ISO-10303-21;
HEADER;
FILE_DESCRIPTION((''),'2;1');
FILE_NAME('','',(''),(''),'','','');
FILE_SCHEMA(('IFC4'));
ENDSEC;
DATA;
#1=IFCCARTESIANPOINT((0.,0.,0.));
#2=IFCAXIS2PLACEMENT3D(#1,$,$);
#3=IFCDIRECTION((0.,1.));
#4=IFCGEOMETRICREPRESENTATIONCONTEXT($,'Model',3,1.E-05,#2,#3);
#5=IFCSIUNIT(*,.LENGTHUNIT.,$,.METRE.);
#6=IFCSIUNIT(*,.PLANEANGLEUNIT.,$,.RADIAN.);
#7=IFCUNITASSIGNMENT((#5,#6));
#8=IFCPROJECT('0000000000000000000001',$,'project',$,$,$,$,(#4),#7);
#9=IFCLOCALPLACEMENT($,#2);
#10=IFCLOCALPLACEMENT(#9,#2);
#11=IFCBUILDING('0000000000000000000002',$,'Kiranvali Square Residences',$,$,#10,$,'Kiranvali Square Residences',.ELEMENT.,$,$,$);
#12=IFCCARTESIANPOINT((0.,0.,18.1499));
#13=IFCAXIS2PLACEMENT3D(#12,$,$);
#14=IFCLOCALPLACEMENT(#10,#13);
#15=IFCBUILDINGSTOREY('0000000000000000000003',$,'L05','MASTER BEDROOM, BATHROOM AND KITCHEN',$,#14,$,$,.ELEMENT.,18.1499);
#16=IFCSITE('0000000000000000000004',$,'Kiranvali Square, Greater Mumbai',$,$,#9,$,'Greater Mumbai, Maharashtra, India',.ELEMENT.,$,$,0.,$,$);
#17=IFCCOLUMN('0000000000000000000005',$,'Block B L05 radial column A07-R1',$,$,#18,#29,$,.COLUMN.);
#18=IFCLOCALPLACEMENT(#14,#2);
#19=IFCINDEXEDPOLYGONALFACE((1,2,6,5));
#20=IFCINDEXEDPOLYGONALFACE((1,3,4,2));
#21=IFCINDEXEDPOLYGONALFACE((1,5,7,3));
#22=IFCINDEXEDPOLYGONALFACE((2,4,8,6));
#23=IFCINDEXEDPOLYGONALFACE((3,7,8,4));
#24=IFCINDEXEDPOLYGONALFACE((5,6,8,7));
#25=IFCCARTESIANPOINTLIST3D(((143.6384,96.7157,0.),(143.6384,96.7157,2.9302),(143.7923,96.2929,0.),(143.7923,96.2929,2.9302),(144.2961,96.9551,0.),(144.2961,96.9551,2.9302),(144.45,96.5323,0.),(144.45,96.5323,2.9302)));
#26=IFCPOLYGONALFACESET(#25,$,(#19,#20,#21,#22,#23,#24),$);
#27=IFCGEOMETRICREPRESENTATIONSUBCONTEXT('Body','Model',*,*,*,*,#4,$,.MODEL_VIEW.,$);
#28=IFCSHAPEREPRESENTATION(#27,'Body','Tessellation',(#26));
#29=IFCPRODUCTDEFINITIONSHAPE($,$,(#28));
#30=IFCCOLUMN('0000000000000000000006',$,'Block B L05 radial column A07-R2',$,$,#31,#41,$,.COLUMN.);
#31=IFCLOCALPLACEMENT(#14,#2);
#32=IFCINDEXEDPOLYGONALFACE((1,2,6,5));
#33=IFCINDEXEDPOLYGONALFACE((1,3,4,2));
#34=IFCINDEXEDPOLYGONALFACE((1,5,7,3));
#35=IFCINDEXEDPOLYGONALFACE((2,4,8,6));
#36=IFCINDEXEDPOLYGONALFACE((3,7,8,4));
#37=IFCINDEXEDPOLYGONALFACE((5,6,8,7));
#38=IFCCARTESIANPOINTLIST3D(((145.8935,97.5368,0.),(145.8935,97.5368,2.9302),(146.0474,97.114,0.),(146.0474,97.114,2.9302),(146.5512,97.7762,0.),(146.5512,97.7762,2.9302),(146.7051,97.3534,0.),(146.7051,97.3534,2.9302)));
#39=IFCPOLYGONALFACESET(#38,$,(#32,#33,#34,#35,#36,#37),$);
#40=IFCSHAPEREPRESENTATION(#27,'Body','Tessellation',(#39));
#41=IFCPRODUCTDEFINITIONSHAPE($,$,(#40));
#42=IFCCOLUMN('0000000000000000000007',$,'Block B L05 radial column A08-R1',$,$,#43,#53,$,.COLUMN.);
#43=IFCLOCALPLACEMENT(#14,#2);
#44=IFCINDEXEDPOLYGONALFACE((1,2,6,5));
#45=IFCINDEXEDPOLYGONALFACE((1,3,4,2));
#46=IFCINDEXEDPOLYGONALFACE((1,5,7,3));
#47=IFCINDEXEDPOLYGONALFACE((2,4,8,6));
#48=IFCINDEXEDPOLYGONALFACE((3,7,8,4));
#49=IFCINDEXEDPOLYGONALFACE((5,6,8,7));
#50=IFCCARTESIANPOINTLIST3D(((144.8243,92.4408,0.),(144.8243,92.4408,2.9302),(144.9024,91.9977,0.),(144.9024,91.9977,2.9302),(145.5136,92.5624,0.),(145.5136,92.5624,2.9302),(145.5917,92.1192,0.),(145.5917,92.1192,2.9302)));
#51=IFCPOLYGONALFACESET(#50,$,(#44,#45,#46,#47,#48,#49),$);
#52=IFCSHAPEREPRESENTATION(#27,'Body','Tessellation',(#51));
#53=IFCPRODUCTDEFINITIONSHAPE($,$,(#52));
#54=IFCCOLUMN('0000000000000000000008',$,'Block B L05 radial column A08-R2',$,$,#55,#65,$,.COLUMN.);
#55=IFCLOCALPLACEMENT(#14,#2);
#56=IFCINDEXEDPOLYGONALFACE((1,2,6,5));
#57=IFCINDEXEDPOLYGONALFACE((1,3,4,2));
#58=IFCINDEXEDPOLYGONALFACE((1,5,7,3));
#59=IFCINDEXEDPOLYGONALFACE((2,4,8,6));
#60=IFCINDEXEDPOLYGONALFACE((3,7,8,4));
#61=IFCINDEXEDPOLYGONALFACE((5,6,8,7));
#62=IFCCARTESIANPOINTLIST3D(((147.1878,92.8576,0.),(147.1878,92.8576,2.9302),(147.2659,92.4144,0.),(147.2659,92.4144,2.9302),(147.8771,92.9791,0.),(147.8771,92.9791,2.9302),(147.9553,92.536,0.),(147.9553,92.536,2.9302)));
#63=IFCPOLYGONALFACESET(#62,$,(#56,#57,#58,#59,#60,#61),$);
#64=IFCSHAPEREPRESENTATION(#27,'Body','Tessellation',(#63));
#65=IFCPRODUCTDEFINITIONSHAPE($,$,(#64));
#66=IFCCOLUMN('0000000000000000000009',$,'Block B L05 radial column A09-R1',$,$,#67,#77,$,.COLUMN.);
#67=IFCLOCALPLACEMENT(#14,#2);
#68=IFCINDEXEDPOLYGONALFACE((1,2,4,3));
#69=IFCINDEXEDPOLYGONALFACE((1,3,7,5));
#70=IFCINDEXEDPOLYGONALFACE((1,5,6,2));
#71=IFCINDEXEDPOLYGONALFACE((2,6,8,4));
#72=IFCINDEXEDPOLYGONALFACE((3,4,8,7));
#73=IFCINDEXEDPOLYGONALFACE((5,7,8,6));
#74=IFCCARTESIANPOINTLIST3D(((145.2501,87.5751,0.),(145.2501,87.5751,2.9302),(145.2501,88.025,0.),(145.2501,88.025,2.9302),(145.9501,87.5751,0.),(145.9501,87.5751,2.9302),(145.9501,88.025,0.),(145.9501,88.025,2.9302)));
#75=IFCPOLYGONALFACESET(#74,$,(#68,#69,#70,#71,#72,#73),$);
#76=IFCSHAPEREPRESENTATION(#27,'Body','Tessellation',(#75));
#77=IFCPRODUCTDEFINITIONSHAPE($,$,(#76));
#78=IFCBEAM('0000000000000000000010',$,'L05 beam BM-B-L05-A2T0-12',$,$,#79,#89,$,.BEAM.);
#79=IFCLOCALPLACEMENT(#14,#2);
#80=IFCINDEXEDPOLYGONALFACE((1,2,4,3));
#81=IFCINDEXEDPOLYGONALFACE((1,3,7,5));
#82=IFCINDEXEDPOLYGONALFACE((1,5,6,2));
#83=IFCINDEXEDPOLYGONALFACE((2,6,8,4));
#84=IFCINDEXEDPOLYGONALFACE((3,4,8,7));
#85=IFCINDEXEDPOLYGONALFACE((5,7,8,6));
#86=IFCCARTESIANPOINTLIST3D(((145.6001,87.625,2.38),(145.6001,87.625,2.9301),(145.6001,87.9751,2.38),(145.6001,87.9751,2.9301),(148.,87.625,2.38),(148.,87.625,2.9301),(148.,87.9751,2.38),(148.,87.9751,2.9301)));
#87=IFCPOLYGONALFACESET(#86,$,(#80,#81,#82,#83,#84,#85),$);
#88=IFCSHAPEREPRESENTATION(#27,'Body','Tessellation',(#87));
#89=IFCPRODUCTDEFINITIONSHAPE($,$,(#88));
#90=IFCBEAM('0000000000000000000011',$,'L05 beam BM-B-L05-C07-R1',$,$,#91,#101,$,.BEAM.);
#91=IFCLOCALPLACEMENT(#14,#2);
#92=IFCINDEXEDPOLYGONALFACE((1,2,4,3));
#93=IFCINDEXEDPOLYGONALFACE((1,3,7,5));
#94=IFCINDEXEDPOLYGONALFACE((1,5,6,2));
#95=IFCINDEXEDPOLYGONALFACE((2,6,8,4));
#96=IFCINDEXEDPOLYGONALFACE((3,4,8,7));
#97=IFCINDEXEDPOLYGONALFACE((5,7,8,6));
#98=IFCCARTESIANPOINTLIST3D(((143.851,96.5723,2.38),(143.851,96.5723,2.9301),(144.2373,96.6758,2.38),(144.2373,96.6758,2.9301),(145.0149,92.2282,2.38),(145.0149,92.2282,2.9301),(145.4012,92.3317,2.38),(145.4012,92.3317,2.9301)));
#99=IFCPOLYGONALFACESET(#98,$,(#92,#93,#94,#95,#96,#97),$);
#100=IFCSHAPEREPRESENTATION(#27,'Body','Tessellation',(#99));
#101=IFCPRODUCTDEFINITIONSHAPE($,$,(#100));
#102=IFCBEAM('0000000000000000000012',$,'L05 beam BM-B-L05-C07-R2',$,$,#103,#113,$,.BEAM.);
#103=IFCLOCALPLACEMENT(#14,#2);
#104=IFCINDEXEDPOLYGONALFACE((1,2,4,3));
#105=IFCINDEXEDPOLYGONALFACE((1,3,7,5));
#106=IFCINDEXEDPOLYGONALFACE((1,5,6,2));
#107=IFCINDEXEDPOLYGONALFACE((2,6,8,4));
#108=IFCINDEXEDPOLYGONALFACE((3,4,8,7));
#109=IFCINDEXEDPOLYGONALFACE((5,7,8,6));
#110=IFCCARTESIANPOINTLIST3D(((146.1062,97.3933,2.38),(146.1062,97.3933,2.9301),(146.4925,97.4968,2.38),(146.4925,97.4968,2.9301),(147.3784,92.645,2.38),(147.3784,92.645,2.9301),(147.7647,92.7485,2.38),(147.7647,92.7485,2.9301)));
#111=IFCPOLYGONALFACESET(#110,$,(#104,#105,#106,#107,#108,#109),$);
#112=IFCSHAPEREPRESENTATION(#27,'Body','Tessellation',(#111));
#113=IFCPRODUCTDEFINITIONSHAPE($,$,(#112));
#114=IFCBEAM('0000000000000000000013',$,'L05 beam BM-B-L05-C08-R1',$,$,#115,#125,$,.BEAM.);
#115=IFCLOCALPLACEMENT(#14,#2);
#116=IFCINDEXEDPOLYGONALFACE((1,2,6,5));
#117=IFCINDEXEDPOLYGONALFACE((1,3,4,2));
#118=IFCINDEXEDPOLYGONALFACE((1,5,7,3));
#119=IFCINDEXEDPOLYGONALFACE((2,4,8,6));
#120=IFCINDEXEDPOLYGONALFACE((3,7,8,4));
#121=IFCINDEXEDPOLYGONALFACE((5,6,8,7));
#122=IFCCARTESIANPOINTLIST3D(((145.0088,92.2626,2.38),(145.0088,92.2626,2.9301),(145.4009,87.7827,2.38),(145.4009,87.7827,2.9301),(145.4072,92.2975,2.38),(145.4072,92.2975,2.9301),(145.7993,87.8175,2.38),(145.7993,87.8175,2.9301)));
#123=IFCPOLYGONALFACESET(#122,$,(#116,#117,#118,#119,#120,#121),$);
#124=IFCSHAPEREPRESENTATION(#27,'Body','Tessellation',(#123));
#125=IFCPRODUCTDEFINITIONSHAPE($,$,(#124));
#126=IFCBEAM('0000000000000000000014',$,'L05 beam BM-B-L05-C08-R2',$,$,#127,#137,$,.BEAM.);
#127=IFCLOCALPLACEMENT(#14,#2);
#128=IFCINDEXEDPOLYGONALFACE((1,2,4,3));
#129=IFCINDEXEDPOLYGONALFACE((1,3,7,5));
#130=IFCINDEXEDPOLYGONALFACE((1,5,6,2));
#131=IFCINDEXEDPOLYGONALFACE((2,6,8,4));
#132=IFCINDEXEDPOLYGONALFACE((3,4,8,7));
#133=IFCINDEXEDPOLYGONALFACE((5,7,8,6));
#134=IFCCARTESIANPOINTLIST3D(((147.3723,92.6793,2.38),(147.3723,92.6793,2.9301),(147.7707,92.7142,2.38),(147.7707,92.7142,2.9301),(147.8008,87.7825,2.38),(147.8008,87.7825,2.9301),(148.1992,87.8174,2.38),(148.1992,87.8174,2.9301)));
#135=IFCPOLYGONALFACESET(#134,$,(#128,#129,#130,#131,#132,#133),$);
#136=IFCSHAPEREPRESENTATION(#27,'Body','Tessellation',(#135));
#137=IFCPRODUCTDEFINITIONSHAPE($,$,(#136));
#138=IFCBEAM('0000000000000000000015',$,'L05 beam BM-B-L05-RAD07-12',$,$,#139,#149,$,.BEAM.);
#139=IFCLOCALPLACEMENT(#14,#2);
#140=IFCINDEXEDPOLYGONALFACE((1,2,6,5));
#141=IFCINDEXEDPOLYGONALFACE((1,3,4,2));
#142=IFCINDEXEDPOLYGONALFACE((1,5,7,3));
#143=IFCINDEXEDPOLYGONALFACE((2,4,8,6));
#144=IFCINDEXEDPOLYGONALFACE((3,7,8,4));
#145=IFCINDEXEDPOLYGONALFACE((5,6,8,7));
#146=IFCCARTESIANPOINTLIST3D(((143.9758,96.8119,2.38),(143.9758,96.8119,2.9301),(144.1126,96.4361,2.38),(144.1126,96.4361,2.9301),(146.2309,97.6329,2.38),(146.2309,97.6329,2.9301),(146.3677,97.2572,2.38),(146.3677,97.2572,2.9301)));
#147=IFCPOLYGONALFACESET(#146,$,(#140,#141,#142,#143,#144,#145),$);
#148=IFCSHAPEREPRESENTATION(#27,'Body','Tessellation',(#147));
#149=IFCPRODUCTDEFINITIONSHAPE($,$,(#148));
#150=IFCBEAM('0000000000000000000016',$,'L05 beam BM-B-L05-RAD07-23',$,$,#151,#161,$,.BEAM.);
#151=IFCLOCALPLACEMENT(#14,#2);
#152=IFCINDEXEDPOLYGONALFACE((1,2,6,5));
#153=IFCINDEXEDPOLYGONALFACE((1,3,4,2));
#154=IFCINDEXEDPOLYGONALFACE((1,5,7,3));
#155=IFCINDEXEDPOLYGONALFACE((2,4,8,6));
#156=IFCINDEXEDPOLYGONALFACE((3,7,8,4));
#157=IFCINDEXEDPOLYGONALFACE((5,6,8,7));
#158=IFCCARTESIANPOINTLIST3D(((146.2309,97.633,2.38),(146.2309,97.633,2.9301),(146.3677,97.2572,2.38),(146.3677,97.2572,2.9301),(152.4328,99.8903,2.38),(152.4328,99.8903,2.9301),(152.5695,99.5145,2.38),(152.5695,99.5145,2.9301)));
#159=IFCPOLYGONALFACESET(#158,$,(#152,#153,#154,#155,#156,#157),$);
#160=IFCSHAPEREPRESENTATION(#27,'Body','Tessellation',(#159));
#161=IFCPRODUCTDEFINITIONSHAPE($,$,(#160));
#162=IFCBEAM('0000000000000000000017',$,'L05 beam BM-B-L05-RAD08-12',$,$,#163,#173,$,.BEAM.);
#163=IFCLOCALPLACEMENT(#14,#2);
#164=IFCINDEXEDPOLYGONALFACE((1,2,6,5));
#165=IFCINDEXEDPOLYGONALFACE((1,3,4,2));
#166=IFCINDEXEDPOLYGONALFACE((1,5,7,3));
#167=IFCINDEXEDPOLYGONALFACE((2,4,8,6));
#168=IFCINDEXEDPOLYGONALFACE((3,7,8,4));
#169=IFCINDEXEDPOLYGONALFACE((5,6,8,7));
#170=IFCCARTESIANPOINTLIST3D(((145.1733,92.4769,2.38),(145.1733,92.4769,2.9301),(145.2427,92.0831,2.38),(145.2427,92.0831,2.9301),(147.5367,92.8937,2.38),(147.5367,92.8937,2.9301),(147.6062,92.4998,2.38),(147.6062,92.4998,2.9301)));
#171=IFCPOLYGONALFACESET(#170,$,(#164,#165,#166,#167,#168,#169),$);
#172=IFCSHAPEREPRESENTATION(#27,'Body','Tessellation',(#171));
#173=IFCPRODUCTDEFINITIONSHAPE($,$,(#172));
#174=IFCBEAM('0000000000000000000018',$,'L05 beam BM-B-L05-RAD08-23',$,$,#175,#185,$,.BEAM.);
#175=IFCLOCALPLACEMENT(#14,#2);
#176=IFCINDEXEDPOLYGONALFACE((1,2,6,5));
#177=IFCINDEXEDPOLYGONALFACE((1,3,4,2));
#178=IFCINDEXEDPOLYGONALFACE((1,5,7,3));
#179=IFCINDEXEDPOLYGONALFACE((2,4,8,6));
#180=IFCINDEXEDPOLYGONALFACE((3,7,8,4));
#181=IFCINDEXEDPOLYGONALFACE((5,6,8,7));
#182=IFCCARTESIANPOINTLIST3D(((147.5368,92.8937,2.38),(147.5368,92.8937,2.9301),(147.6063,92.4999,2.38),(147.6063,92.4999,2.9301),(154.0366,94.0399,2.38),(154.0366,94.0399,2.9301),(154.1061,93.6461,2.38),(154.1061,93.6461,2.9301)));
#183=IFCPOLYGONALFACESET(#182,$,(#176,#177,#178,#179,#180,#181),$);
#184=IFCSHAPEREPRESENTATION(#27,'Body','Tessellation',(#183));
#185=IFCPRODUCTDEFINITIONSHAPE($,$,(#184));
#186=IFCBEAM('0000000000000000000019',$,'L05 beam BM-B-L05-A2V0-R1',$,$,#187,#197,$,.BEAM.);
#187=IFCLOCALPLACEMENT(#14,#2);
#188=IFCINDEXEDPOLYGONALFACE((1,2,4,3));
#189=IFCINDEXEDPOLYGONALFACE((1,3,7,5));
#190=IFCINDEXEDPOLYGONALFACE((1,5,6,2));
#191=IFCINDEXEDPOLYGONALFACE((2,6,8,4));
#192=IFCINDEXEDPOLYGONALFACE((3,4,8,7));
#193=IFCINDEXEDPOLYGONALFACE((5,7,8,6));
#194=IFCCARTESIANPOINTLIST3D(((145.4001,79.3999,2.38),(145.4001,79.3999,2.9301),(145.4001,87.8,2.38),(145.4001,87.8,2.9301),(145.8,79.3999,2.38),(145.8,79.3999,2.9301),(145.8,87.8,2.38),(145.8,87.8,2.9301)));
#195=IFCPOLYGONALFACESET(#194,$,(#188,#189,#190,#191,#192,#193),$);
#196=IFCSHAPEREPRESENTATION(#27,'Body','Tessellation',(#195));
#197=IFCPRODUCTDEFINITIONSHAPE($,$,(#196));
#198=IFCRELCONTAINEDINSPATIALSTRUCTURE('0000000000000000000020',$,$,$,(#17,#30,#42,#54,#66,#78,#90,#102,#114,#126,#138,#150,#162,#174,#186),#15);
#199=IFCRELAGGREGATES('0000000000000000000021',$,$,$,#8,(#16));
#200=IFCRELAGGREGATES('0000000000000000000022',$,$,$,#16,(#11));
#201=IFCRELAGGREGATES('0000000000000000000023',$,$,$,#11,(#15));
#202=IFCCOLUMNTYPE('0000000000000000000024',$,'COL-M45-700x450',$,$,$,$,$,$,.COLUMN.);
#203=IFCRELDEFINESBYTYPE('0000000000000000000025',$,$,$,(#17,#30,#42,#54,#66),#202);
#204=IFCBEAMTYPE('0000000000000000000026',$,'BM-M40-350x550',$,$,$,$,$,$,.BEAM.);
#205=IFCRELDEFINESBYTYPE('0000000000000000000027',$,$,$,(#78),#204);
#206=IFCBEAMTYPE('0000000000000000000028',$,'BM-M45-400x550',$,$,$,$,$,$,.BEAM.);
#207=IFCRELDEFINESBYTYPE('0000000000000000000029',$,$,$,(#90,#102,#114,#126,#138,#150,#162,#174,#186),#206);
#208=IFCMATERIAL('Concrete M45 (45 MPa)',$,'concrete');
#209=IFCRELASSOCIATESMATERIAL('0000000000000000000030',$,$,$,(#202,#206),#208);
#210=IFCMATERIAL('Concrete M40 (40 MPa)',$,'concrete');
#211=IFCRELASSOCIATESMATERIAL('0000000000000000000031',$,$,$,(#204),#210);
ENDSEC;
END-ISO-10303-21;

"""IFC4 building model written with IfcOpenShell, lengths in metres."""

from ifc_helpers import new_model, si_unit, direction, frame, origin, origin_2d, place, context, subcontext, project, spatial, rectangle, extrude, material, material_profile, profile_set, type_object, element, save


model = new_model("IFC4")

# Units and contexts
model_context = context("Model", 3, precision=1e-05, world=origin(), true_north=direction((0.0, 1.0)))
body_context = subcontext(model_context, "Body", "Model", "MODEL_VIEW")
ifc_project = project(units=[si_unit("LENGTHUNIT", "METRE"), si_unit("PLANEANGLEUNIT", "RADIAN")], contexts=[model_context])

# Site, building, storey
site_placement = place(None, origin())
site = spatial("IfcSite", under=ifc_project, at=site_placement, Name="Kiranvali Square, Greater Mumbai", LongName="Greater Mumbai, Maharashtra, India", CompositionType="ELEMENT", RefElevation=0.0)
building_placement = place(site_placement, origin())
building = spatial("IfcBuilding", under=site, at=building_placement, Name="Kiranvali Square Residences", LongName="Kiranvali Square Residences", CompositionType="ELEMENT")
storey_placement = place(building_placement, frame((0.0, 0.0, 18.1499)))
storey = spatial("IfcBuildingStorey", under=building, at=storey_placement, Name="L05", Description="MASTER BEDROOM, BATHROOM AND KITCHEN", CompositionType="ELEMENT", Elevation=18.1499)

# Columns
ifc_material_1 = material(Name="Concrete M45 (45 MPa)", Category="concrete")
ifc_material_profile_1 = material_profile(ifc_material_1, rectangle(XDim=0.45, YDim=0.7, at=origin_2d()), Name="RC 700x450")
ifc_profile_set_1 = profile_set([ifc_material_profile_1], Name="Concrete M45 (45 MPa)")
column_type = type_object("IfcColumnType", Name="COL-M45-700x450", PredefinedType="COLUMN", material=ifc_profile_set_1)
for number, where, z_axis, x_axis, name in (
    (1, (144.0442, 96.624, 0.0), (0.0, 0.0, 1.0), (-0.34202, 0.939693, 0.0), "Block B L05 radial column A07-R1"),
    (2, (146.2993, 97.4451, 0.0), (0.0, 0.0, 1.0), (-0.34202, 0.939693, 0.0), "Block B L05 radial column A07-R2"),
    (3, (145.208, 92.28, 0.0), (0.0, 0.0, 1.0), (-0.173648, 0.984808, 0.0), "Block B L05 radial column A08-R1"),
    (4, (147.5715, 92.6968, 0.0), (0.0, 0.0, 1.0), (-0.173648, 0.984808, 0.0), "Block B L05 radial column A08-R2"),
    (5, (145.6001, 87.8, 0.0), (0.0, 0.0, 1.0), (0.0, 1.0, 0.0), "Block B L05 radial column A09-R1"),
):
    element("IfcColumn", number, at=place(storey_placement, frame(where, z_axis=z_axis, x_axis=x_axis)), inside=storey, type_object=column_type, Name=name, PredefinedType="COLUMN", context=body_context, shape_type="SweptSolid", body=[
        extrude(rectangle(XDim=0.45, YDim=0.7, at=origin_2d()), origin(), (0.0, 0.0, 1.0), 2.9302),
    ])

# Beams
ifc_material_2 = material(Name="Concrete M40 (40 MPa)", Category="concrete")
ifc_material_profile_2 = material_profile(ifc_material_2, rectangle(XDim=0.3501, YDim=0.55, at=origin_2d()), Name="RC 350x550")
ifc_profile_set_2 = profile_set([ifc_material_profile_2], Name="Concrete M40 (40 MPa)")
beam_type_1 = type_object("IfcBeamType", Name="BM-M40-350x550", PredefinedType="BEAM", material=ifc_profile_set_2)
beam_1_placement = place(storey_placement, frame((145.6001, 87.8, 2.655), z_axis=(1.0, 0.0, 0.0), x_axis=(0.0, 1.0, 0.0)))
element("IfcBeam", 6, at=beam_1_placement, inside=storey, type_object=beam_type_1, Name="L05 beam BM-B-L05-A2T0-12", PredefinedType="BEAM", context=body_context, shape_type="SweptSolid", body=[
    extrude(rectangle(XDim=0.3501, YDim=0.55, at=origin_2d()), origin(), (0.0, 0.0, 1.0), 2.3999),
])
ifc_material_profile_3 = material_profile(ifc_material_1, rectangle(XDim=0.3999, YDim=0.55, at=origin_2d()), Name="RC 400x550")
ifc_profile_set_3 = profile_set([ifc_material_profile_3], Name="Concrete M45 (45 MPa)")
beam_type_2 = type_object("IfcBeamType", Name="BM-M45-400x550", PredefinedType="BEAM", material=ifc_profile_set_3)
beam_2_placement = place(storey_placement, frame((144.0442, 96.624, 2.655), z_axis=(0.258788, -0.965934, 0.0), x_axis=(0.965934, 0.258788, 0.0)))
element("IfcBeam", 7, at=beam_2_placement, inside=storey, type_object=beam_type_2, Name="L05 beam BM-B-L05-C07-R1", PredefinedType="BEAM", context=body_context, shape_type="SweptSolid", body=[
    extrude(rectangle(XDim=0.3999, YDim=0.55, at=origin_2d()), origin(), (0.0, 0.0, 1.0), 4.4973),
])
beam_3_placement = place(storey_placement, frame((146.2993, 97.4451, 2.655), z_axis=(0.258803, -0.96593, 0.0), x_axis=(0.96593, 0.258803, 0.0)))
element("IfcBeam", 8, at=beam_3_placement, inside=storey, type_object=beam_type_2, Name="L05 beam BM-B-L05-C07-R2", PredefinedType="BEAM", context=body_context, shape_type="SweptSolid", body=[
    extrude(rectangle(XDim=0.3999, YDim=0.55, at=origin_2d()), origin(), (0.0, 0.0, 1.0), 4.9158),
])
beam_4_placement = place(storey_placement, frame((145.208, 92.28, 2.655), z_axis=(0.087187, -0.996192, 0.0), x_axis=(0.996192, 0.087187, 0.0)))
element("IfcBeam", 9, at=beam_4_placement, inside=storey, type_object=beam_type_2, Name="L05 beam BM-B-L05-C08-R1", PredefinedType="BEAM", context=body_context, shape_type="SweptSolid", body=[
    extrude(rectangle(XDim=0.3999, YDim=0.55, at=origin_2d()), origin(), (0.0, 0.0, 1.0), 4.4971),
])
beam_5_placement = place(storey_placement, frame((147.5715, 92.6968, 2.655), z_axis=(0.087168, -0.996194, 0.0), x_axis=(0.996194, 0.087168, 0.0)))
element("IfcBeam", 10, at=beam_5_placement, inside=storey, type_object=beam_type_2, Name="L05 beam BM-B-L05-C08-R2", PredefinedType="BEAM", context=body_context, shape_type="SweptSolid", body=[
    extrude(rectangle(XDim=0.3999, YDim=0.55, at=origin_2d()), origin(), (0.0, 0.0, 1.0), 4.9155),
])
beam_6_placement = place(storey_placement, frame((144.0442, 96.624, 2.655), z_axis=(0.93966, 0.342111, 0.0), x_axis=(-0.342111, 0.93966, 0.0)))
element("IfcBeam", 11, at=beam_6_placement, inside=storey, type_object=beam_type_2, Name="L05 beam BM-B-L05-RAD07-12", PredefinedType="BEAM", context=body_context, shape_type="SweptSolid", body=[
    extrude(rectangle(XDim=0.3999, YDim=0.55, at=origin_2d()), origin(), (0.0, 0.0, 1.0), 2.3999),
])
beam_7_placement = place(storey_placement, frame((146.2993, 97.4451, 2.655), z_axis=(0.939692, 0.342022, 0.0), x_axis=(-0.342022, 0.939692, 0.0)))
element("IfcBeam", 12, at=beam_7_placement, inside=storey, type_object=beam_type_2, Name="L05 beam BM-B-L05-RAD07-23", PredefinedType="BEAM", context=body_context, shape_type="SweptSolid", body=[
    extrude(rectangle(XDim=0.3999, YDim=0.55, at=origin_2d()), origin(), (0.0, 0.0, 1.0), 6.5999),
])
beam_8_placement = place(storey_placement, frame((145.208, 92.28, 2.655), z_axis=(0.984808, 0.173646, 0.0), x_axis=(-0.173646, 0.984808, 0.0)))
element("IfcBeam", 13, at=beam_8_placement, inside=storey, type_object=beam_type_2, Name="L05 beam BM-B-L05-RAD08-12", PredefinedType="BEAM", context=body_context, shape_type="SweptSolid", body=[
    extrude(rectangle(XDim=0.3999, YDim=0.55, at=origin_2d()), origin(), (0.0, 0.0, 1.0), 2.3999),
])
beam_9_placement = place(storey_placement, frame((147.5715, 92.6968, 2.655), z_axis=(0.984804, 0.173671, 0.0), x_axis=(-0.173671, 0.984804, 0.0)))
element("IfcBeam", 14, at=beam_9_placement, inside=storey, type_object=beam_type_2, Name="L05 beam BM-B-L05-RAD08-23", PredefinedType="BEAM", context=body_context, shape_type="SweptSolid", body=[
    extrude(rectangle(XDim=0.3999, YDim=0.55, at=origin_2d()), origin(), (0.0, 0.0, 1.0), 6.6001),
])
beam_10_placement = place(storey_placement, frame((145.6001, 87.8, 2.655), z_axis=(0.0, -1.0, 0.0), x_axis=(1.0, 0.0, 0.0)))
element("IfcBeam", 15, at=beam_10_placement, inside=storey, type_object=beam_type_2, Name="L05 beam BM-B-L05-A2V0-R1", PredefinedType="BEAM", context=body_context, shape_type="SweptSolid", body=[
    extrude(rectangle(XDim=0.3999, YDim=0.55, at=origin_2d()), origin(), (0.0, 0.0, 1.0), 8.4001),
])

save(model, "model.ifc")
